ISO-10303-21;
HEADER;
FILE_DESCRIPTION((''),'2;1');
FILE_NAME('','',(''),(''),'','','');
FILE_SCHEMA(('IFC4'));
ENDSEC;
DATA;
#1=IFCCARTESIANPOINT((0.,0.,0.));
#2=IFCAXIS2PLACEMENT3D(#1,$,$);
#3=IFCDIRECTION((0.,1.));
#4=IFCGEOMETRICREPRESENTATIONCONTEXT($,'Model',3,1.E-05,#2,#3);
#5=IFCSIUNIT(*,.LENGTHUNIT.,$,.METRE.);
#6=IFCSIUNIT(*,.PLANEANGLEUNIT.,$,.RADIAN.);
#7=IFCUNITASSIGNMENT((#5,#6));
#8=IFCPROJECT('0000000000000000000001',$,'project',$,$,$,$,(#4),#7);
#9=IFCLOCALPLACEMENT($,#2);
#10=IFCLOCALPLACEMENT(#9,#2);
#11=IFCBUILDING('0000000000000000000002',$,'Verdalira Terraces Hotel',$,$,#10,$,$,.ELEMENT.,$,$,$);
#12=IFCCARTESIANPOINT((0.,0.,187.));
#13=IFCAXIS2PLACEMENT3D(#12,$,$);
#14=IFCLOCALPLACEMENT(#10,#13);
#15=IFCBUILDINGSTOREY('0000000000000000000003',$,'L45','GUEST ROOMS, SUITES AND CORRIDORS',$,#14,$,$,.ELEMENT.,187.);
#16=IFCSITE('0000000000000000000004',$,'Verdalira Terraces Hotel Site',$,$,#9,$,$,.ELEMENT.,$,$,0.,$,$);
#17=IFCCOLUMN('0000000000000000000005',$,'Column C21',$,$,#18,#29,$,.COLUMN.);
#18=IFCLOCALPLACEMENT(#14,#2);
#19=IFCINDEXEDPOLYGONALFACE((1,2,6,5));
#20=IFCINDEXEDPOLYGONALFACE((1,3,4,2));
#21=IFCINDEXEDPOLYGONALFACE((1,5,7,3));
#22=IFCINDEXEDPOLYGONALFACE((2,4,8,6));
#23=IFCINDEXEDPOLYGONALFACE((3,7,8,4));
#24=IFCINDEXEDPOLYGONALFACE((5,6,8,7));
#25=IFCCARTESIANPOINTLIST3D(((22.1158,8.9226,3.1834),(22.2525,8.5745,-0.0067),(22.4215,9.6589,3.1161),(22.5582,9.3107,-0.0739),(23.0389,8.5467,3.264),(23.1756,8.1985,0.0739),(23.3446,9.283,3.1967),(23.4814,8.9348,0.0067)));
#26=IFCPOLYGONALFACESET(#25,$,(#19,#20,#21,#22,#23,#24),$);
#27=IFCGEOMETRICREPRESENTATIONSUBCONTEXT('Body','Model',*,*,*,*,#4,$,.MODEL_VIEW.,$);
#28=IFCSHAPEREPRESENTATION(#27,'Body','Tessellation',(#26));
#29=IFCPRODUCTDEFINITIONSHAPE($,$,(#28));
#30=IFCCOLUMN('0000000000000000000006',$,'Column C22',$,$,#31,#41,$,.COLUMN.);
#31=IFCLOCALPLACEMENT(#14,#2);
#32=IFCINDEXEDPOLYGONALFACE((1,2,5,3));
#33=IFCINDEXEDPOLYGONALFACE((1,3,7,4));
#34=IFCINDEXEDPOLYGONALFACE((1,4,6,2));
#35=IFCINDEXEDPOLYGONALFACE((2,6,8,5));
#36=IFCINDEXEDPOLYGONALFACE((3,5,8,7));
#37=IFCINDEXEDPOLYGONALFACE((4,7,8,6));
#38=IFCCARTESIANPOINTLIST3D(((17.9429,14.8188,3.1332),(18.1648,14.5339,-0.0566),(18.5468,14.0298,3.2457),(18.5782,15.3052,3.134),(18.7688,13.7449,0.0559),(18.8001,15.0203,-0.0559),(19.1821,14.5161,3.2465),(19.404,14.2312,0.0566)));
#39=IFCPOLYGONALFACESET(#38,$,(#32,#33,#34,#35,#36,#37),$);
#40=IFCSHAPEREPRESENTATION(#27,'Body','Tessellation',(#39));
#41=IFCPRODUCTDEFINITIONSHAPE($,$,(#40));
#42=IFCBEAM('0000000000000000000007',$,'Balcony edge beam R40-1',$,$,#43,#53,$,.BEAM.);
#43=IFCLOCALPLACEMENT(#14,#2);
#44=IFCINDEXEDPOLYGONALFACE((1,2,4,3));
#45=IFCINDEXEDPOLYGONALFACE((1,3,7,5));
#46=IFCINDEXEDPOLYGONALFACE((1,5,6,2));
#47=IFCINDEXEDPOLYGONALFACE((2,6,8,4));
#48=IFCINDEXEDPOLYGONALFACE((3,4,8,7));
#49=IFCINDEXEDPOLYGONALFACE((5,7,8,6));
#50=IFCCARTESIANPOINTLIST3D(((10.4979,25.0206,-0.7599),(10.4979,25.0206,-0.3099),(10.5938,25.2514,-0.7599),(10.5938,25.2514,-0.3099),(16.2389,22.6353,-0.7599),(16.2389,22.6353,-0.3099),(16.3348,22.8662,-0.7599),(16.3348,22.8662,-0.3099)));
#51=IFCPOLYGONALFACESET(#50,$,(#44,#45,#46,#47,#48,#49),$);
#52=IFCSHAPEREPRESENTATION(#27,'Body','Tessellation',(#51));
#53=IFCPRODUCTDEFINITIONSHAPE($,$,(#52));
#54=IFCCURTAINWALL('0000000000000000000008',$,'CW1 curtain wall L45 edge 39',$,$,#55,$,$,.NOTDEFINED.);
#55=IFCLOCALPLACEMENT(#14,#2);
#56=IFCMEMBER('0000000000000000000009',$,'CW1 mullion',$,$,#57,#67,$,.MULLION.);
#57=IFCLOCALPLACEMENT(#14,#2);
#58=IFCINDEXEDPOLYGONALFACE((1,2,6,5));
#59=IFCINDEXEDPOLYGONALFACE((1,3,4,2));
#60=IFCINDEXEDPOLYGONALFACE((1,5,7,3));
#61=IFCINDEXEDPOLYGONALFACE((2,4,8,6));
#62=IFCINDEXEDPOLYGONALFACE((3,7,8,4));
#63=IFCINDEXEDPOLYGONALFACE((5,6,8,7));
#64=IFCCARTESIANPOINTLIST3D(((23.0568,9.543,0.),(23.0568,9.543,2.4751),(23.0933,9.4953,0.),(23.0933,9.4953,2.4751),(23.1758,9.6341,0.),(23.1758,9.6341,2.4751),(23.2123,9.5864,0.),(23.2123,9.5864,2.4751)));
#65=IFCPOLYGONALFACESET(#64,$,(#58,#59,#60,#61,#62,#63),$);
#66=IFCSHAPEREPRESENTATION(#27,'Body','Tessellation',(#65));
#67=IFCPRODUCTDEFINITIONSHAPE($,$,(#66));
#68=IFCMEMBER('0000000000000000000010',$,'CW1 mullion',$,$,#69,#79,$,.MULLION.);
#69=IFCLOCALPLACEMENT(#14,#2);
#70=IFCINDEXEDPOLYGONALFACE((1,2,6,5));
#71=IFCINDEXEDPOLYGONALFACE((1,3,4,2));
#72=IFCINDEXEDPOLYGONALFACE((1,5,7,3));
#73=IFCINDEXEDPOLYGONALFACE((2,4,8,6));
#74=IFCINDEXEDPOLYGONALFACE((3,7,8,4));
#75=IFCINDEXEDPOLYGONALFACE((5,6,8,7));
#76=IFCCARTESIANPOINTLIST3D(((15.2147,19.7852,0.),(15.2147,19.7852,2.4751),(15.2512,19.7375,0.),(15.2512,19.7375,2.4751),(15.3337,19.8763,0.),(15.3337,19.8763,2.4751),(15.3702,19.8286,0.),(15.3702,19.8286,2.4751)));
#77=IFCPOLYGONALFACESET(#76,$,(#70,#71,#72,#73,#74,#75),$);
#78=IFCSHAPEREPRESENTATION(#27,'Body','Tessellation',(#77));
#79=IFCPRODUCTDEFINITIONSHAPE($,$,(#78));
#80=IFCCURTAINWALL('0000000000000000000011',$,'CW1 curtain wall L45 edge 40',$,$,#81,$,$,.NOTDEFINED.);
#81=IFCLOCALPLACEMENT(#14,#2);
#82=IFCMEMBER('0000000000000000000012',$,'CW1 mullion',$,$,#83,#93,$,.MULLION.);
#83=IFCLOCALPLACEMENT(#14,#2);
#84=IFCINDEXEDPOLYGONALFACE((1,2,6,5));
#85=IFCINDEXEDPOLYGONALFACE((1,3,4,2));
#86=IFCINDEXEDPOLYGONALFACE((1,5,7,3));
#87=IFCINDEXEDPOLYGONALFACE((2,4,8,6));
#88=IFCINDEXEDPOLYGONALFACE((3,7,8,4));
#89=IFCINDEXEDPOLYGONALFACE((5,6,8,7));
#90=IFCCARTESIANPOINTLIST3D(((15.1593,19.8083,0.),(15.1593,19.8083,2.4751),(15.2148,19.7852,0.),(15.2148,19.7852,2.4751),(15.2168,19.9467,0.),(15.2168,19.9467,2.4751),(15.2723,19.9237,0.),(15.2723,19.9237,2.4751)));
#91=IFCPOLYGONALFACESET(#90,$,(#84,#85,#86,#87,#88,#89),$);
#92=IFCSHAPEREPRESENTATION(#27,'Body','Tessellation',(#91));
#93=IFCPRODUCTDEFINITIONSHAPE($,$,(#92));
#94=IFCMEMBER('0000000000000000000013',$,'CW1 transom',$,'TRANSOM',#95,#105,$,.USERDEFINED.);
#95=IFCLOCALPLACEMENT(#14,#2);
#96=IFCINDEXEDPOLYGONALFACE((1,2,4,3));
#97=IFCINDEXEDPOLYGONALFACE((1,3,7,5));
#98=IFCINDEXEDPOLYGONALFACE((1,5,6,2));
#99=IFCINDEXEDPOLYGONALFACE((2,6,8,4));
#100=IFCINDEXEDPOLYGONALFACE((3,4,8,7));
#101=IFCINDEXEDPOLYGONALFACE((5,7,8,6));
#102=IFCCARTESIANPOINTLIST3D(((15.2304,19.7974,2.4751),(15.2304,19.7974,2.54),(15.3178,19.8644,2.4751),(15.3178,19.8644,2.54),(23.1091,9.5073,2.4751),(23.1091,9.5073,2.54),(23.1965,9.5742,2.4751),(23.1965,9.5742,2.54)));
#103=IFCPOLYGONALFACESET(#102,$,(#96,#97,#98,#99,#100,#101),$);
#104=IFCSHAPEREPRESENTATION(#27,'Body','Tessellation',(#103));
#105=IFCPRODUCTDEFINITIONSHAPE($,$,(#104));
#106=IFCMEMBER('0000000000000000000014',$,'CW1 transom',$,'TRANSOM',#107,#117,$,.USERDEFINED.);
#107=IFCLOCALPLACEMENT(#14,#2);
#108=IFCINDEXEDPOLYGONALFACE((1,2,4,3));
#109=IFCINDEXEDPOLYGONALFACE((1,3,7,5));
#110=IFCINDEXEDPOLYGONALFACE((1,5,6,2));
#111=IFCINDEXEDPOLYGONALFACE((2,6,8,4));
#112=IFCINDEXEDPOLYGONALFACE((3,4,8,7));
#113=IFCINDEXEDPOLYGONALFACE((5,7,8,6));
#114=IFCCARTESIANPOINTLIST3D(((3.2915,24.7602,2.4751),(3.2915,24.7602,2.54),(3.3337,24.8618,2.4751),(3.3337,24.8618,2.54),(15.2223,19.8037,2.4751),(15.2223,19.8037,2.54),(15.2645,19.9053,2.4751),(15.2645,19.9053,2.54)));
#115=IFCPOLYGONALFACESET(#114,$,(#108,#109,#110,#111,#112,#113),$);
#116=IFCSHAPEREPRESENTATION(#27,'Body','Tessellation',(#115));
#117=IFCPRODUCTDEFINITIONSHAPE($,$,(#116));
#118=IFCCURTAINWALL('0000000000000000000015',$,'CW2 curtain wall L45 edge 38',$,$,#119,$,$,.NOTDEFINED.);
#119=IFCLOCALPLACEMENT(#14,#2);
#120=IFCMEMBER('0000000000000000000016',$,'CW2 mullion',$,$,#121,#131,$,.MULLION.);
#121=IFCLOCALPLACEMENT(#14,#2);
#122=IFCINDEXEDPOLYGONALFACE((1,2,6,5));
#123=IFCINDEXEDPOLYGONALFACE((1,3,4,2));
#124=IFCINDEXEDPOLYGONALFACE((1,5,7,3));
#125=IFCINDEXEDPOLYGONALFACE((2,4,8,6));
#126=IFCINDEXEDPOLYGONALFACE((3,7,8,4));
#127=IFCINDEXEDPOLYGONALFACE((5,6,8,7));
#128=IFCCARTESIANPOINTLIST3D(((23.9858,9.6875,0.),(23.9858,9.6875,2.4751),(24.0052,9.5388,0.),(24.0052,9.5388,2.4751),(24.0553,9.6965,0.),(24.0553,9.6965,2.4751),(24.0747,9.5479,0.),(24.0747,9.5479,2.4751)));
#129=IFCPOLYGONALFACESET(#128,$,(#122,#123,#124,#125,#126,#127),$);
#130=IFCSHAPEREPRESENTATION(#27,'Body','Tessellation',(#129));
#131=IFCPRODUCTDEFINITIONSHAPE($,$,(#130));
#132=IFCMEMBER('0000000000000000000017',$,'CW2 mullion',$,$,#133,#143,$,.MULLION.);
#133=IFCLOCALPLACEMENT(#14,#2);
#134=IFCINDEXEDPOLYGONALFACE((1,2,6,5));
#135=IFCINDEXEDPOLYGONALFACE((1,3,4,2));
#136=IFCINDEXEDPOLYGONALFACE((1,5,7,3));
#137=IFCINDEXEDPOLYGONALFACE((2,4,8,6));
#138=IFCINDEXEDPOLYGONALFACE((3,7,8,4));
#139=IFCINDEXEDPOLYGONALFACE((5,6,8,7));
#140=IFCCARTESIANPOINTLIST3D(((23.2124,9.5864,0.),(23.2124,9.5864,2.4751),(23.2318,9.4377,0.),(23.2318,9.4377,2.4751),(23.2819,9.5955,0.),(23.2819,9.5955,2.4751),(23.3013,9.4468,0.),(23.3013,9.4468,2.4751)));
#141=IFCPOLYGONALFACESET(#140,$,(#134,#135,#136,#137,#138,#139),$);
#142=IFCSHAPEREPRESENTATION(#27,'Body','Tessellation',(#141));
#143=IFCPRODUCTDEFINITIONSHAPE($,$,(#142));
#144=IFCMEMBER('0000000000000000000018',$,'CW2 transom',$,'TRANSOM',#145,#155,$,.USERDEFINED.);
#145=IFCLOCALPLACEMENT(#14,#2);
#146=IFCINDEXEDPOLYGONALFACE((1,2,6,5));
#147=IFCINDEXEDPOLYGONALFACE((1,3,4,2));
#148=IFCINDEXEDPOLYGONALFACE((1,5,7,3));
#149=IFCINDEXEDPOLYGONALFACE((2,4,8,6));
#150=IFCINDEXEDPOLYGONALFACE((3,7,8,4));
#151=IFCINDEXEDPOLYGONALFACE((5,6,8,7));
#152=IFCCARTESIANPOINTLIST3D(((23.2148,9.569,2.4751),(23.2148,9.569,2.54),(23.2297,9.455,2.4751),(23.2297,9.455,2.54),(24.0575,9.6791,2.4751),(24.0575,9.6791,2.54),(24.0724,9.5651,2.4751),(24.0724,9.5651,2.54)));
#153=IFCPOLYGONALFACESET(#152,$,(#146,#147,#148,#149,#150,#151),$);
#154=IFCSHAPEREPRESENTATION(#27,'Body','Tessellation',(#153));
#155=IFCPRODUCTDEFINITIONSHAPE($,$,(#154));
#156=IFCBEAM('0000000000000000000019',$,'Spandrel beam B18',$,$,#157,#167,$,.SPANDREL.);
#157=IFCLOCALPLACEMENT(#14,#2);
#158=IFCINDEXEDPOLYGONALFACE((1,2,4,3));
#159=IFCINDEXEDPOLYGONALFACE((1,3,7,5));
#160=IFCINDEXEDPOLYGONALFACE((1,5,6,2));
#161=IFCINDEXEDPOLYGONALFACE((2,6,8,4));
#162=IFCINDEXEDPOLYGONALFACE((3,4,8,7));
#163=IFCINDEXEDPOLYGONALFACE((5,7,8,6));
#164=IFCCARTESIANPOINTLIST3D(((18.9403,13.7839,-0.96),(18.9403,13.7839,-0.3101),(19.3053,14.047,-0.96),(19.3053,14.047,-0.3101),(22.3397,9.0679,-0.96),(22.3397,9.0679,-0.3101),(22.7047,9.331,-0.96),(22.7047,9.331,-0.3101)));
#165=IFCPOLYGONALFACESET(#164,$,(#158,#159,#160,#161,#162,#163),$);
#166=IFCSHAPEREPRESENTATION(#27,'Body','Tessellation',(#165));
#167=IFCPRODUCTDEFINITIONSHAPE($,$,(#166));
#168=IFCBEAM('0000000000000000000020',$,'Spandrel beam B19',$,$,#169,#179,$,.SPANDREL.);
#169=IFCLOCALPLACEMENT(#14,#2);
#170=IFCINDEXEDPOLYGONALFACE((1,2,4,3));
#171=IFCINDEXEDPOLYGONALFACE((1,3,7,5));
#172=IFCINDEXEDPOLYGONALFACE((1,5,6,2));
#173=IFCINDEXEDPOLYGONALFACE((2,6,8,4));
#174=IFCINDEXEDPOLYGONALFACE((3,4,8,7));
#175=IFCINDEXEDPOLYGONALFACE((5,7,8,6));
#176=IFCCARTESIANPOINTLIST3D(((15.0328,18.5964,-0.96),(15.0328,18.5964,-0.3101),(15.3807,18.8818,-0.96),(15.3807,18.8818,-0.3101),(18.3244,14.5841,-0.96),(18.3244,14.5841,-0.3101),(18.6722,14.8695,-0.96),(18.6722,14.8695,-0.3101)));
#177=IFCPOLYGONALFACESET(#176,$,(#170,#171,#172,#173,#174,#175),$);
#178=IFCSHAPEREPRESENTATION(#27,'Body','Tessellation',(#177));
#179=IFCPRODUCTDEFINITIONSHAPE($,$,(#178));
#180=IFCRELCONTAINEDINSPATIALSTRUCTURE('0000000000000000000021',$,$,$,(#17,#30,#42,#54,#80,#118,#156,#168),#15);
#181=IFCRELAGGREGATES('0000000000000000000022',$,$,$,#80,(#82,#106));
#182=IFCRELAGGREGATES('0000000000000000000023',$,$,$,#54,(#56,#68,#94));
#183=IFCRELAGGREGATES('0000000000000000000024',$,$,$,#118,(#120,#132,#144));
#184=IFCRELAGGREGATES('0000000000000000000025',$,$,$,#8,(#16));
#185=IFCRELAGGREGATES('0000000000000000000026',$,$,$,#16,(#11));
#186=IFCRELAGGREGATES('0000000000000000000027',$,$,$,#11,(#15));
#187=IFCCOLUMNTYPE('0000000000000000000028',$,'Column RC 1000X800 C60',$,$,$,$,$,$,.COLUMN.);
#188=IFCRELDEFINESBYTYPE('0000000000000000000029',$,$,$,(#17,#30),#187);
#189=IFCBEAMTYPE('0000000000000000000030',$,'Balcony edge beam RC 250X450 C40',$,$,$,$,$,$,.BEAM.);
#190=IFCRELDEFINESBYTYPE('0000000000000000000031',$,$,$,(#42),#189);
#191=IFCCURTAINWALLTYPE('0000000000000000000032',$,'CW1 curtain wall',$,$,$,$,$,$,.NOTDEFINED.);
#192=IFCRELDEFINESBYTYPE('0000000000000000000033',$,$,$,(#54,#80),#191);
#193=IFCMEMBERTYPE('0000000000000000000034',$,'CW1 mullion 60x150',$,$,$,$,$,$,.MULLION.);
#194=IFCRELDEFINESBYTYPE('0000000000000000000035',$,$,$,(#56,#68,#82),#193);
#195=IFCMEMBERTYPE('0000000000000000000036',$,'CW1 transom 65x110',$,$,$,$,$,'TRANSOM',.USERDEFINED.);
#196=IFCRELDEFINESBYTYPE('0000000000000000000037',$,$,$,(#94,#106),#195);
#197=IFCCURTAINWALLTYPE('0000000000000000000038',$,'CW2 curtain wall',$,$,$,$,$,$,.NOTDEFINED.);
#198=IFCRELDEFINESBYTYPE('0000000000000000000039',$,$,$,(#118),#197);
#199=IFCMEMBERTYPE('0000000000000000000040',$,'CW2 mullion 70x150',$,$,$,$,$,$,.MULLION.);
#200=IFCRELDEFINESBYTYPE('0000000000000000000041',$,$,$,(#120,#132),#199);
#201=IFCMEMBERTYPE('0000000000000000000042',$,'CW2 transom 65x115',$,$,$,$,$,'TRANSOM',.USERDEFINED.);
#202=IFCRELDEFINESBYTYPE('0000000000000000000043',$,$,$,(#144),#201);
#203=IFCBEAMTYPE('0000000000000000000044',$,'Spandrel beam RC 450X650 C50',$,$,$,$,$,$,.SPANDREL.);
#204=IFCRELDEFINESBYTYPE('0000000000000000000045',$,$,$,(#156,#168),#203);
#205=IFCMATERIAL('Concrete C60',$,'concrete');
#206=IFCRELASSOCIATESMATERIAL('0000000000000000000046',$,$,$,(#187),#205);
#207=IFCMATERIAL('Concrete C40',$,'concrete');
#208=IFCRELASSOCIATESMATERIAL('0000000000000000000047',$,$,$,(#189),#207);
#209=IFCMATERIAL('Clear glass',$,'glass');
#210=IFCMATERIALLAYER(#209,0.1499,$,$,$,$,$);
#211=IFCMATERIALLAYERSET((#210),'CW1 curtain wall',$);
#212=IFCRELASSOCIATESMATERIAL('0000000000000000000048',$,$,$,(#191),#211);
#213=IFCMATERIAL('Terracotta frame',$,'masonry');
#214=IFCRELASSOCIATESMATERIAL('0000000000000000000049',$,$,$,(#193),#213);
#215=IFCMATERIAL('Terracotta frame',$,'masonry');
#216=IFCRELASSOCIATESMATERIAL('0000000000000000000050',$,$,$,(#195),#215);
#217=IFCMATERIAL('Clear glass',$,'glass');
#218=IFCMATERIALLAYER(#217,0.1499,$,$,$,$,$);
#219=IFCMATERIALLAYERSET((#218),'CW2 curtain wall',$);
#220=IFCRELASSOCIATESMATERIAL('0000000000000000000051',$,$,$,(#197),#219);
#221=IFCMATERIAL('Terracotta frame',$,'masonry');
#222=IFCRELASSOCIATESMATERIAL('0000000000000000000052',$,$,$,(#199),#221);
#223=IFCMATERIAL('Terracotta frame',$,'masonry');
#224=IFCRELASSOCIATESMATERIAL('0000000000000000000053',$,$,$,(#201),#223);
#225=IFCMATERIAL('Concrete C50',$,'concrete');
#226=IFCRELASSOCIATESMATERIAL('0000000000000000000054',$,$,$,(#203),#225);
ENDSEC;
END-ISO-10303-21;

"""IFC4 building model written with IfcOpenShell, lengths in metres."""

from ifc_helpers import new_model, si_unit, direction, frame, origin, origin_2d, place, context, subcontext, project, spatial, rectangle, extrude, material, layer, layer_set, material_profile, profile_set, type_object, element, aggregate, save


model = new_model("IFC4")

# Units and contexts
model_context = context("Model", 3, precision=1e-05, world=origin(), true_north=direction((0.0, 1.0)))
body_context = subcontext(model_context, "Body", "Model", "MODEL_VIEW")
ifc_project = project(units=[si_unit("LENGTHUNIT", "METRE"), si_unit("PLANEANGLEUNIT", "RADIAN")], contexts=[model_context])

# Site, building, storey
site_placement = place(None, origin())
site = spatial("IfcSite", under=ifc_project, at=site_placement, Name="Verdalira Terraces Hotel Site", CompositionType="ELEMENT", RefElevation=0.0)
building_placement = place(site_placement, origin())
building = spatial("IfcBuilding", under=site, at=building_placement, Name="Verdalira Terraces Hotel", CompositionType="ELEMENT")
storey_placement = place(building_placement, frame((0.0, 0.0, 187.0)))
storey = spatial("IfcBuildingStorey", under=building, at=storey_placement, Name="L45", Description="GUEST ROOMS, SUITES AND CORRIDORS", CompositionType="ELEMENT", Elevation=187.0)

# Columns
ifc_material_1 = material(Name="Concrete C60", Category="concrete")
ifc_material_profile_1 = material_profile(ifc_material_1, rectangle(XDim=1.0, YDim=0.8, at=origin_2d()), Name="RC 1000X800")
ifc_profile_set_1 = profile_set([ifc_material_profile_1], Name="Concrete C60")
column_type = type_object("IfcColumnType", Name="Column RC 1000X800 C60", PredefinedType="COLUMN", material=ifc_profile_set_1)
column_1_placement = place(storey_placement, frame((22.8669, 8.7546, 0.0), z_axis=(-0.042568, 0.108396, 0.993196), x_axis=(0.92313, -0.375945, 0.080595)))
element("IfcColumn", 1, at=column_1_placement, inside=storey, type_object=column_type, Name="Column C21", PredefinedType="COLUMN", context=body_context, shape_type="SweptSolid", body=[
    extrude(rectangle(XDim=1.0, YDim=0.8, at=origin_2d()), origin(), (0.0, 0.0, 1.0), 3.2119),
])
column_2_placement = place(storey_placement, frame((18.7844, 14.3826, 0.0), z_axis=(-0.069128, 0.088749, 0.993652), x_axis=(-0.603928, 0.789061, -0.112491)))
element("IfcColumn", 2, at=column_2_placement, inside=storey, type_object=column_type, Name="Column C22", PredefinedType="COLUMN", context=body_context, shape_type="SweptSolid", body=[
    extrude(rectangle(XDim=1.0, YDim=0.8, at=origin_2d()), origin(), (0.0, 0.0, 1.0), 3.2102),
])

# Beam
ifc_material_2 = material(Name="Concrete C40", Category="concrete")
ifc_material_profile_2 = material_profile(ifc_material_2, rectangle(XDim=0.25, YDim=0.45, at=origin_2d()), Name="RC 250X450")
ifc_profile_set_2 = profile_set([ifc_material_profile_2], Name="Concrete C40")
beam_type_1 = type_object("IfcBeamType", Name="Balcony edge beam RC 250X450 C40", PredefinedType="BEAM", material=ifc_profile_set_2)
beam_1_placement = place(storey_placement, frame((16.2869, 22.7507, -0.5349), z_axis=(-0.923466, 0.383681, 0.0), x_axis=(-0.383681, -0.923466, 0.0)))
element("IfcBeam", 3, at=beam_1_placement, inside=storey, type_object=beam_type_1, Name="Balcony edge beam R40-1", PredefinedType="BEAM", context=body_context, shape_type="SweptSolid", body=[
    extrude(rectangle(XDim=0.25, YDim=0.45, at=origin_2d()), origin(), (0.0, 0.0, 1.0), 6.2168),
])

# Curtain wall, members
ifc_material_3 = material(Name="Clear glass", Category="glass")
ifc_layer_1 = layer(ifc_material_3, 0.1499)
ifc_layer_set_1 = layer_set([ifc_layer_1], Name="CW1 curtain wall")
curtain_wall_type_1 = type_object("IfcCurtainWallType", Name="CW1 curtain wall", PredefinedType="NOTDEFINED", material=ifc_layer_set_1)
curtain_wall_1_placement = place(storey_placement, origin())
curtain_wall_1 = element("IfcCurtainWall", 4, at=curtain_wall_1_placement, inside=storey, type_object=curtain_wall_type_1, Name="CW1 curtain wall L45 edge 39", PredefinedType="NOTDEFINED")
ifc_material_4 = material(Name="Terracotta frame", Category="masonry")
ifc_material_profile_3 = material_profile(ifc_material_4, rectangle(XDim=0.0601, YDim=0.1499, at=origin_2d()), Name="MU 60x150")
ifc_profile_set_3 = profile_set([ifc_material_profile_3], Name="Terracotta frame")
member_type_1 = type_object("IfcMemberType", Name="CW1 mullion 60x150", PredefinedType="MULLION", material=ifc_profile_set_3)
member_1_placement = place(storey_placement, frame((23.1345, 9.5647, 0.0), z_axis=(0.0, 0.0, 1.0), x_axis=(-0.60793, 0.79399, 0.0)))
member_1 = element("IfcMember", 5, at=member_1_placement, type_object=member_type_1, Name="CW1 mullion", PredefinedType="MULLION", context=body_context, shape_type="SweptSolid", body=[
    extrude(rectangle(XDim=0.0601, YDim=0.1499, at=origin_2d()), origin(), (0.0, 0.0, 1.0), 2.4751),
])
member_2_placement = place(storey_placement, frame((15.2925, 19.8069, 0.0), z_axis=(0.0, 0.0, 1.0), x_axis=(-0.60793, 0.79399, 0.0)))
member_2 = element("IfcMember", 6, at=member_2_placement, type_object=member_type_1, Name="CW1 mullion", PredefinedType="MULLION", context=body_context, shape_type="SweptSolid", body=[
    extrude(rectangle(XDim=0.0601, YDim=0.1499, at=origin_2d()), origin(), (0.0, 0.0, 1.0), 2.4751),
])

# Curtain wall, member
curtain_wall_2_placement = place(storey_placement, origin())
curtain_wall_2 = element("IfcCurtainWall", 7, at=curtain_wall_2_placement, inside=storey, type_object=curtain_wall_type_1, Name="CW1 curtain wall L45 edge 40", PredefinedType="NOTDEFINED")
member_3_placement = place(storey_placement, frame((15.2158, 19.866, 0.0), z_axis=(0.0, 0.0, 1.0), x_axis=(-0.923478, 0.383651, 0.0)))
member_3 = element("IfcMember", 8, at=member_3_placement, type_object=member_type_1, Name="CW1 mullion", PredefinedType="MULLION", context=body_context, shape_type="SweptSolid", body=[
    extrude(rectangle(XDim=0.0601, YDim=0.1499, at=origin_2d()), origin(), (0.0, 0.0, 1.0), 2.4751),
])

# Members
ifc_material_5 = material(Name="Terracotta frame", Category="masonry")
ifc_material_profile_4 = material_profile(ifc_material_5, rectangle(XDim=0.1101, YDim=0.0649, at=origin_2d()), Name="TR 65x110")
ifc_profile_set_4 = profile_set([ifc_material_profile_4], Name="Terracotta frame")
member_type_2 = type_object("IfcMemberType", Name="CW1 transom 65x110", ElementType="TRANSOM", PredefinedType="USERDEFINED", material=ifc_profile_set_4)
member_4_placement = place(storey_placement, frame((23.1528, 9.5408, 2.5076), z_axis=(-0.607928, 0.793992, 0.0), x_axis=(-0.793992, -0.607928, 0.0)))
member_4 = element("IfcMember", 9, at=member_4_placement, type_object=member_type_2, Name="CW1 transom", ObjectType="TRANSOM", PredefinedType="USERDEFINED", context=body_context, shape_type="SweptSolid", body=[
    extrude(rectangle(XDim=0.1101, YDim=0.0649, at=origin_2d()), origin(), (0.0, 0.0, 1.0), 12.96),
])
member_5_placement = place(storey_placement, frame((15.2434, 19.8545, 2.5076), z_axis=(-0.92348, 0.383648, 0.0), x_axis=(-0.383648, -0.92348, 0.0)))
member_5 = element("IfcMember", 10, at=member_5_placement, type_object=member_type_2, Name="CW1 transom", ObjectType="TRANSOM", PredefinedType="USERDEFINED", context=body_context, shape_type="SweptSolid", body=[
    extrude(rectangle(XDim=0.1101, YDim=0.0649, at=origin_2d()), origin(), (0.0, 0.0, 1.0), 12.9194),
])
aggregate(curtain_wall_2, [member_3, member_5])

# Curtain wall, members
ifc_material_6 = material(Name="Clear glass", Category="glass")
ifc_layer_2 = layer(ifc_material_6, 0.1499)
ifc_layer_set_2 = layer_set([ifc_layer_2], Name="CW2 curtain wall")
curtain_wall_type_2 = type_object("IfcCurtainWallType", Name="CW2 curtain wall", PredefinedType="NOTDEFINED", material=ifc_layer_set_2)
curtain_wall_3_placement = place(storey_placement, origin())
curtain_wall_3 = element("IfcCurtainWall", 11, at=curtain_wall_3_placement, inside=storey, type_object=curtain_wall_type_2, Name="CW2 curtain wall L45 edge 38", PredefinedType="NOTDEFINED")
ifc_material_7 = material(Name="Terracotta frame", Category="masonry")
ifc_material_profile_5 = material_profile(ifc_material_7, rectangle(XDim=0.0701, YDim=0.1499, at=origin_2d()), Name="MU 70x150")
ifc_profile_set_5 = profile_set([ifc_material_profile_5], Name="Terracotta frame")
member_type_3 = type_object("IfcMemberType", Name="CW2 mullion 70x150", PredefinedType="MULLION", material=ifc_profile_set_5)
member_6_placement = place(storey_placement, frame((24.0303, 9.6177, 0.0), z_axis=(0.0, 0.0, 1.0), x_axis=(-0.991581, -0.129488, 0.0)))
member_6 = element("IfcMember", 12, at=member_6_placement, type_object=member_type_3, Name="CW2 mullion", PredefinedType="MULLION", context=body_context, shape_type="SweptSolid", body=[
    extrude(rectangle(XDim=0.0701, YDim=0.1499, at=origin_2d()), origin(), (0.0, 0.0, 1.0), 2.4751),
])
member_7_placement = place(storey_placement, frame((23.2568, 9.5166, 0.0), z_axis=(0.0, 0.0, 1.0), x_axis=(-0.991581, -0.129488, 0.0)))
member_7 = element("IfcMember", 13, at=member_7_placement, type_object=member_type_3, Name="CW2 mullion", PredefinedType="MULLION", context=body_context, shape_type="SweptSolid", body=[
    extrude(rectangle(XDim=0.0701, YDim=0.1499, at=origin_2d()), origin(), (0.0, 0.0, 1.0), 2.4751),
])
ifc_material_8 = material(Name="Terracotta frame", Category="masonry")
ifc_material_profile_6 = material_profile(ifc_material_8, rectangle(XDim=0.115, YDim=0.0649, at=origin_2d()), Name="TR 65x115")
ifc_profile_set_6 = profile_set([ifc_material_profile_6], Name="Terracotta frame")
member_type_4 = type_object("IfcMemberType", Name="CW2 transom 65x115", ElementType="TRANSOM", PredefinedType="USERDEFINED", material=ifc_profile_set_6)
member_8_placement = place(storey_placement, frame((24.0649, 9.6221, 2.5076), z_axis=(-0.991573, -0.129548, 0.0), x_axis=(0.129548, -0.991573, 0.0)))
member_8 = element("IfcMember", 14, at=member_8_placement, type_object=member_type_4, Name="CW2 transom", ObjectType="TRANSOM", PredefinedType="USERDEFINED", context=body_context, shape_type="SweptSolid", body=[
    extrude(rectangle(XDim=0.115, YDim=0.0649, at=origin_2d()), origin(), (0.0, 0.0, 1.0), 0.8499),
])

# Beams
ifc_material_9 = material(Name="Concrete C50", Category="concrete")
ifc_material_profile_7 = material_profile(ifc_material_9, rectangle(XDim=0.45, YDim=0.6499, at=origin_2d()), Name="RC 450X650")
ifc_profile_set_7 = profile_set([ifc_material_profile_7], Name="Concrete C50")
beam_type_2 = type_object("IfcBeamType", Name="Spandrel beam RC 450X650 C50", PredefinedType="SPANDREL", material=ifc_profile_set_7)
beam_2_placement = place(storey_placement, frame((22.5222, 9.1995, -0.635), z_axis=(-0.584741, 0.81122, 0.0), x_axis=(-0.81122, -0.584741, 0.0)))
element("IfcBeam", 15, at=beam_2_placement, inside=storey, type_object=beam_type_2, Name="Spandrel beam B18", PredefinedType="SPANDREL", context=body_context, shape_type="SweptSolid", body=[
    extrude(rectangle(XDim=0.45, YDim=0.6499, at=origin_2d()), origin(), (0.0, 0.0, 1.0), 5.8135),
])
beam_3_placement = place(storey_placement, frame((18.4983, 14.7268, -0.635), z_axis=(-0.634252, 0.773127, 0.0), x_axis=(-0.773127, -0.634252, 0.0)))
element("IfcBeam", 16, at=beam_3_placement, inside=storey, type_object=beam_type_2, Name="Spandrel beam B19", PredefinedType="SPANDREL", context=body_context, shape_type="SweptSolid", body=[
    extrude(rectangle(XDim=0.45, YDim=0.6499, at=origin_2d()), origin(), (0.0, 0.0, 1.0), 5.1897),
])

aggregate(curtain_wall_1, [member_1, member_2, member_4])
aggregate(curtain_wall_3, [member_6, member_7, member_8])

save(model, "model.ifc")
